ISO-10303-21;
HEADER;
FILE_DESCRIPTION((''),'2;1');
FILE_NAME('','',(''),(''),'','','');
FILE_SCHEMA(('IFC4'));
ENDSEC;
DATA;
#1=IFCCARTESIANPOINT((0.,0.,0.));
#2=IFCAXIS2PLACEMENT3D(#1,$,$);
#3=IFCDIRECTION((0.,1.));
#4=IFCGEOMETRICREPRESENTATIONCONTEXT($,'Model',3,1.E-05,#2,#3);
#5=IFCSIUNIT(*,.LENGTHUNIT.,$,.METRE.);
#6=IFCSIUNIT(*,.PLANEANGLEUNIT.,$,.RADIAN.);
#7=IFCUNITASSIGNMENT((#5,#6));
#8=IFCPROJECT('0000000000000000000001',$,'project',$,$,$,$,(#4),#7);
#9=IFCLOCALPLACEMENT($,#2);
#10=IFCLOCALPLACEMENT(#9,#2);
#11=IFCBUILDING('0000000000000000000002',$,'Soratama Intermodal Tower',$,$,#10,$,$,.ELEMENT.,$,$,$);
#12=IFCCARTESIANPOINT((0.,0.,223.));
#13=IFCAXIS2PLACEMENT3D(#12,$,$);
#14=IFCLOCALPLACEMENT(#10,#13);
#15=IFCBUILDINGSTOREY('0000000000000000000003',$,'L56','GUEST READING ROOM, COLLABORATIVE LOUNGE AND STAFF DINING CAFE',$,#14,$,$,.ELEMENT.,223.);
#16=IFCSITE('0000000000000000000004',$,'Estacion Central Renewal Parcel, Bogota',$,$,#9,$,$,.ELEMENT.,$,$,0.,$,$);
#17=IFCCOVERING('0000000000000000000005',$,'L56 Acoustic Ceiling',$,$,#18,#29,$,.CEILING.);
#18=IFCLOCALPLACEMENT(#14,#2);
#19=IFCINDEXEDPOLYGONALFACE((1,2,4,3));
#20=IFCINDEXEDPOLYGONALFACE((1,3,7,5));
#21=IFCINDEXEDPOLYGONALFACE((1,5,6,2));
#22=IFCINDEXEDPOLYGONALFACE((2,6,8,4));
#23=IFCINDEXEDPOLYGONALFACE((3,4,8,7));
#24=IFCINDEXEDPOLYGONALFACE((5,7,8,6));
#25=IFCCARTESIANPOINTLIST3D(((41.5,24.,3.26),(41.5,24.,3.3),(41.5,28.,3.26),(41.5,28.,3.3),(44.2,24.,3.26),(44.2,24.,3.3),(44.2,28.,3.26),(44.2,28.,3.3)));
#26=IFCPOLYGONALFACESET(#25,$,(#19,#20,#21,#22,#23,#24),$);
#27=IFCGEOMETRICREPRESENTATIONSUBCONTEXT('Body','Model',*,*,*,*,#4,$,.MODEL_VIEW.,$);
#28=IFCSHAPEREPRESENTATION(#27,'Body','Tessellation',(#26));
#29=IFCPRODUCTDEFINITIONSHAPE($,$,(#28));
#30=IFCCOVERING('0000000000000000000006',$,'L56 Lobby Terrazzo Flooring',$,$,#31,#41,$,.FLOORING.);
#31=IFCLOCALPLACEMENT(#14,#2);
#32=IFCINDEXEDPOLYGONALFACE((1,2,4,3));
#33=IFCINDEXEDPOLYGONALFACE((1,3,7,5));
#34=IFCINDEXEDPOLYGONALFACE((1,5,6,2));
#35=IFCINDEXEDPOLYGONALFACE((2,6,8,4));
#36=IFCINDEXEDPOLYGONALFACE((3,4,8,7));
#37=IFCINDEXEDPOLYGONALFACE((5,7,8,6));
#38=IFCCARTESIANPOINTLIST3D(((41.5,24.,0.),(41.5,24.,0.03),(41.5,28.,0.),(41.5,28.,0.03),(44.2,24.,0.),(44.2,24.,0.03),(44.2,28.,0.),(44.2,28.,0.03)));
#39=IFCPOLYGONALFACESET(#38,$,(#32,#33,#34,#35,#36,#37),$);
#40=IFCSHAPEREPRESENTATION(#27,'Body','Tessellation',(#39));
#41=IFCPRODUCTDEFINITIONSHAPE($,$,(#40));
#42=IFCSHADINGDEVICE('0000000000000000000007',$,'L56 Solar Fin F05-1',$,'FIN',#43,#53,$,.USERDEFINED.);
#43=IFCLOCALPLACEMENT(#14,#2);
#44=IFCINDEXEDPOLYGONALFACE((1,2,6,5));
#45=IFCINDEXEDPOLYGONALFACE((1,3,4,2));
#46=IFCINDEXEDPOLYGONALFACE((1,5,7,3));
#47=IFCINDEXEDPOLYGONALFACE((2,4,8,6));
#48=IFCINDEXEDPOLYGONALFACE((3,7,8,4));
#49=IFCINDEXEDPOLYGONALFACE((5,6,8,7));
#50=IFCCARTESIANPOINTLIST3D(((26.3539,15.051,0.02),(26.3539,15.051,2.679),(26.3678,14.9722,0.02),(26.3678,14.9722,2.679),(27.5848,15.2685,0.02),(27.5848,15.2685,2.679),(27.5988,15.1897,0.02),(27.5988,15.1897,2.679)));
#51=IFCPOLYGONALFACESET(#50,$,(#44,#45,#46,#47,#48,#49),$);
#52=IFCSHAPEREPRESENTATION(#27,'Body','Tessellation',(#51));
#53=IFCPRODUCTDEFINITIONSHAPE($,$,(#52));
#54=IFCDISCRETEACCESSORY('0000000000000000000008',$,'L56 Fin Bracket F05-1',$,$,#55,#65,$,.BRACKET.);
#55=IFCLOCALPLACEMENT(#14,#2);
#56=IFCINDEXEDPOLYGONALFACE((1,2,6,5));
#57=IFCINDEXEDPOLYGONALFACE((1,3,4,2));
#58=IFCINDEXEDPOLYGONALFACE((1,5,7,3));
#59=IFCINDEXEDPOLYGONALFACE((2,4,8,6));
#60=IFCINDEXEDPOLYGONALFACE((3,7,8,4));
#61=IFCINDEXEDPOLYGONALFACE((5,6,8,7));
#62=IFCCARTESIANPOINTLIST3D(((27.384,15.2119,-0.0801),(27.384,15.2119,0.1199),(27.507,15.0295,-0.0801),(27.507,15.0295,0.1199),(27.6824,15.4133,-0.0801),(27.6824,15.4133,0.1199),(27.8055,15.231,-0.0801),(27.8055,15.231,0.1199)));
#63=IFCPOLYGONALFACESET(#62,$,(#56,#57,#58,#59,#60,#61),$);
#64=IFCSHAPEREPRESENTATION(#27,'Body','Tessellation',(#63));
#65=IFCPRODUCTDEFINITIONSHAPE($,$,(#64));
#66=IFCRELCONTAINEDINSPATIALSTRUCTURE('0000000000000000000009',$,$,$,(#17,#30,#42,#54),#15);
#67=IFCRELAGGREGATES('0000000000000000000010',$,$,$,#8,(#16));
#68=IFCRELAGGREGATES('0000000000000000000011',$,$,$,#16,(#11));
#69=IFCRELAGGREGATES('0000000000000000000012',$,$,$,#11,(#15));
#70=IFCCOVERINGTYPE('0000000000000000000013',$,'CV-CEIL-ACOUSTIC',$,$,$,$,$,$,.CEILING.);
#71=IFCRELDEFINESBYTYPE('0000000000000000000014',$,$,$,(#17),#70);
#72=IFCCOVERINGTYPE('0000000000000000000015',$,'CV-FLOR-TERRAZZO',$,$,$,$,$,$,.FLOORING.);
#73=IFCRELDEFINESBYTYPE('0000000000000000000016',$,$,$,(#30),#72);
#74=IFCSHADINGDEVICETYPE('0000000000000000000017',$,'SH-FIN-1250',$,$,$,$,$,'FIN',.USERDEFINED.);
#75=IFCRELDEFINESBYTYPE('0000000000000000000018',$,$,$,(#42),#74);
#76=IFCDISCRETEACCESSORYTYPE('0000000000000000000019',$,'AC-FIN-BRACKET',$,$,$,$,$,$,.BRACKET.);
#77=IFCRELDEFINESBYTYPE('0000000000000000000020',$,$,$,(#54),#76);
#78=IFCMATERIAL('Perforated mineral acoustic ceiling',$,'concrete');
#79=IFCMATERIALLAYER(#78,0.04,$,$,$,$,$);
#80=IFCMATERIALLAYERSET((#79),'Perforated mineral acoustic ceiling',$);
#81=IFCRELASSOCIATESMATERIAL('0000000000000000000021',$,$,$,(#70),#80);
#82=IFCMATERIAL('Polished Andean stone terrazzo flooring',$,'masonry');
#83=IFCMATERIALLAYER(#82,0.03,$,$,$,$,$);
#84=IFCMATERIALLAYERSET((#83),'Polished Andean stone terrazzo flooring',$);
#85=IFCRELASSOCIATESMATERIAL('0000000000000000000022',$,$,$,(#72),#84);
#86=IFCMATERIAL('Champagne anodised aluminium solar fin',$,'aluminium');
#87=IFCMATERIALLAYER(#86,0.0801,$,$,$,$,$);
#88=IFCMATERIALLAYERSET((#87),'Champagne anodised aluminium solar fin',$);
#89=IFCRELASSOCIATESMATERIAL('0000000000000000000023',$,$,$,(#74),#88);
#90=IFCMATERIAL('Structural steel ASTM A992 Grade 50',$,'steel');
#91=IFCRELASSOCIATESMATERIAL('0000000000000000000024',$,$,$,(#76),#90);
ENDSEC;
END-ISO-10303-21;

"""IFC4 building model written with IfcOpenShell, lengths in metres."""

from ifc_helpers import new_model, si_unit, direction, frame, origin, origin_2d, place, context, subcontext, project, spatial, polyline, rectangle, outline, extrude, material, layer, layer_set, type_object, element, save


model = new_model("IFC4")

# Units and contexts
model_context = context("Model", 3, precision=1e-05, world=origin(), true_north=direction((0.0, 1.0)))
body_context = subcontext(model_context, "Body", "Model", "MODEL_VIEW")
ifc_project = project(units=[si_unit("LENGTHUNIT", "METRE"), si_unit("PLANEANGLEUNIT", "RADIAN")], contexts=[model_context])

# Site, building, storey
site_placement = place(None, origin())
site = spatial("IfcSite", under=ifc_project, at=site_placement, Name="Estacion Central Renewal Parcel, Bogota", CompositionType="ELEMENT", RefElevation=0.0)
building_placement = place(site_placement, origin())
building = spatial("IfcBuilding", under=site, at=building_placement, Name="Soratama Intermodal Tower", CompositionType="ELEMENT")
storey_placement = place(building_placement, frame((0.0, 0.0, 223.0)))
storey = spatial("IfcBuildingStorey", under=building, at=storey_placement, Name="L56", Description="GUEST READING ROOM, COLLABORATIVE LOUNGE AND STAFF DINING CAFE", CompositionType="ELEMENT", Elevation=223.0)

# Coverings
ifc_material_1 = material(Name="Perforated mineral acoustic ceiling", Category="concrete")
ifc_layer_1 = layer(ifc_material_1, 0.04)
ifc_layer_set_1 = layer_set([ifc_layer_1], Name="Perforated mineral acoustic ceiling")
covering_type_1 = type_object("IfcCoveringType", Name="CV-CEIL-ACOUSTIC", PredefinedType="CEILING", material=ifc_layer_set_1)
covering_1_placement = place(storey_placement, frame((0.0, 0.0, 3.26)))
element("IfcCovering", 1, at=covering_1_placement, inside=storey, type_object=covering_type_1, Name="L56 Acoustic Ceiling", PredefinedType="CEILING", context=body_context, shape_type="SweptSolid", body=[
    extrude(outline(polyline([(41.5, 24.0), (44.2, 24.0), (44.2, 28.0), (41.5, 28.0), (41.5, 24.0)])), origin(), (0.0, 0.0, 1.0), 0.04),
])
ifc_material_2 = material(Name="Polished Andean stone terrazzo flooring", Category="masonry")
ifc_layer_2 = layer(ifc_material_2, 0.03)
ifc_layer_set_2 = layer_set([ifc_layer_2], Name="Polished Andean stone terrazzo flooring")
covering_type_2 = type_object("IfcCoveringType", Name="CV-FLOR-TERRAZZO", PredefinedType="FLOORING", material=ifc_layer_set_2)
covering_2_placement = place(storey_placement, origin())
element("IfcCovering", 2, at=covering_2_placement, inside=storey, type_object=covering_type_2, Name="L56 Lobby Terrazzo Flooring", PredefinedType="FLOORING", context=body_context, shape_type="SweptSolid", body=[
    extrude(outline(polyline([(41.5, 24.0), (44.2, 24.0), (44.2, 28.0), (41.5, 28.0), (41.5, 24.0)])), origin(), (0.0, 0.0, 1.0), 0.03),
])

# Shading device
ifc_material_3 = material(Name="Champagne anodised aluminium solar fin", Category="aluminium")
ifc_layer_3 = layer(ifc_material_3, 0.0801)
ifc_layer_set_3 = layer_set([ifc_layer_3], Name="Champagne anodised aluminium solar fin")
shading_device_type = type_object("IfcShadingDeviceType", Name="SH-FIN-1250", ElementType="FIN", PredefinedType="USERDEFINED", material=ifc_layer_set_3)
shading_device_placement = place(storey_placement, frame((26.9763, 15.1204, 0.02), z_axis=(0.0, 0.0, 1.0), x_axis=(-0.984747, -0.173992, 0.0)))
element("IfcShadingDevice", 3, at=shading_device_placement, inside=storey, type_object=shading_device_type, Name="L56 Solar Fin F05-1", ObjectType="FIN", PredefinedType="USERDEFINED", context=body_context, shape_type="SweptSolid", body=[
    extrude(rectangle(XDim=1.25, YDim=0.0801, at=origin_2d()), origin(), (0.0, 0.0, 1.0), 2.6589),
])

# Discrete accessory
ifc_material_4 = material(Name="Structural steel ASTM A992 Grade 50", Category="steel")
discrete_accessory_type = type_object("IfcDiscreteAccessoryType", Name="AC-FIN-BRACKET", PredefinedType="BRACKET", material=ifc_material_4)
discrete_accessory_placement = place(storey_placement, frame((27.5947, 15.2214, -0.0801), z_axis=(0.0, 0.0, 1.0), x_axis=(-0.828842, -0.559482, 0.0)))
element("IfcDiscreteAccessory", 4, at=discrete_accessory_placement, inside=storey, type_object=discrete_accessory_type, Name="L56 Fin Bracket F05-1", PredefinedType="BRACKET", context=body_context, shape_type="SweptSolid", body=[
    extrude(rectangle(XDim=0.3601, YDim=0.22, at=origin_2d()), origin(), (0.0, 0.0, 1.0), 0.2),
])

save(model, "model.ifc")
